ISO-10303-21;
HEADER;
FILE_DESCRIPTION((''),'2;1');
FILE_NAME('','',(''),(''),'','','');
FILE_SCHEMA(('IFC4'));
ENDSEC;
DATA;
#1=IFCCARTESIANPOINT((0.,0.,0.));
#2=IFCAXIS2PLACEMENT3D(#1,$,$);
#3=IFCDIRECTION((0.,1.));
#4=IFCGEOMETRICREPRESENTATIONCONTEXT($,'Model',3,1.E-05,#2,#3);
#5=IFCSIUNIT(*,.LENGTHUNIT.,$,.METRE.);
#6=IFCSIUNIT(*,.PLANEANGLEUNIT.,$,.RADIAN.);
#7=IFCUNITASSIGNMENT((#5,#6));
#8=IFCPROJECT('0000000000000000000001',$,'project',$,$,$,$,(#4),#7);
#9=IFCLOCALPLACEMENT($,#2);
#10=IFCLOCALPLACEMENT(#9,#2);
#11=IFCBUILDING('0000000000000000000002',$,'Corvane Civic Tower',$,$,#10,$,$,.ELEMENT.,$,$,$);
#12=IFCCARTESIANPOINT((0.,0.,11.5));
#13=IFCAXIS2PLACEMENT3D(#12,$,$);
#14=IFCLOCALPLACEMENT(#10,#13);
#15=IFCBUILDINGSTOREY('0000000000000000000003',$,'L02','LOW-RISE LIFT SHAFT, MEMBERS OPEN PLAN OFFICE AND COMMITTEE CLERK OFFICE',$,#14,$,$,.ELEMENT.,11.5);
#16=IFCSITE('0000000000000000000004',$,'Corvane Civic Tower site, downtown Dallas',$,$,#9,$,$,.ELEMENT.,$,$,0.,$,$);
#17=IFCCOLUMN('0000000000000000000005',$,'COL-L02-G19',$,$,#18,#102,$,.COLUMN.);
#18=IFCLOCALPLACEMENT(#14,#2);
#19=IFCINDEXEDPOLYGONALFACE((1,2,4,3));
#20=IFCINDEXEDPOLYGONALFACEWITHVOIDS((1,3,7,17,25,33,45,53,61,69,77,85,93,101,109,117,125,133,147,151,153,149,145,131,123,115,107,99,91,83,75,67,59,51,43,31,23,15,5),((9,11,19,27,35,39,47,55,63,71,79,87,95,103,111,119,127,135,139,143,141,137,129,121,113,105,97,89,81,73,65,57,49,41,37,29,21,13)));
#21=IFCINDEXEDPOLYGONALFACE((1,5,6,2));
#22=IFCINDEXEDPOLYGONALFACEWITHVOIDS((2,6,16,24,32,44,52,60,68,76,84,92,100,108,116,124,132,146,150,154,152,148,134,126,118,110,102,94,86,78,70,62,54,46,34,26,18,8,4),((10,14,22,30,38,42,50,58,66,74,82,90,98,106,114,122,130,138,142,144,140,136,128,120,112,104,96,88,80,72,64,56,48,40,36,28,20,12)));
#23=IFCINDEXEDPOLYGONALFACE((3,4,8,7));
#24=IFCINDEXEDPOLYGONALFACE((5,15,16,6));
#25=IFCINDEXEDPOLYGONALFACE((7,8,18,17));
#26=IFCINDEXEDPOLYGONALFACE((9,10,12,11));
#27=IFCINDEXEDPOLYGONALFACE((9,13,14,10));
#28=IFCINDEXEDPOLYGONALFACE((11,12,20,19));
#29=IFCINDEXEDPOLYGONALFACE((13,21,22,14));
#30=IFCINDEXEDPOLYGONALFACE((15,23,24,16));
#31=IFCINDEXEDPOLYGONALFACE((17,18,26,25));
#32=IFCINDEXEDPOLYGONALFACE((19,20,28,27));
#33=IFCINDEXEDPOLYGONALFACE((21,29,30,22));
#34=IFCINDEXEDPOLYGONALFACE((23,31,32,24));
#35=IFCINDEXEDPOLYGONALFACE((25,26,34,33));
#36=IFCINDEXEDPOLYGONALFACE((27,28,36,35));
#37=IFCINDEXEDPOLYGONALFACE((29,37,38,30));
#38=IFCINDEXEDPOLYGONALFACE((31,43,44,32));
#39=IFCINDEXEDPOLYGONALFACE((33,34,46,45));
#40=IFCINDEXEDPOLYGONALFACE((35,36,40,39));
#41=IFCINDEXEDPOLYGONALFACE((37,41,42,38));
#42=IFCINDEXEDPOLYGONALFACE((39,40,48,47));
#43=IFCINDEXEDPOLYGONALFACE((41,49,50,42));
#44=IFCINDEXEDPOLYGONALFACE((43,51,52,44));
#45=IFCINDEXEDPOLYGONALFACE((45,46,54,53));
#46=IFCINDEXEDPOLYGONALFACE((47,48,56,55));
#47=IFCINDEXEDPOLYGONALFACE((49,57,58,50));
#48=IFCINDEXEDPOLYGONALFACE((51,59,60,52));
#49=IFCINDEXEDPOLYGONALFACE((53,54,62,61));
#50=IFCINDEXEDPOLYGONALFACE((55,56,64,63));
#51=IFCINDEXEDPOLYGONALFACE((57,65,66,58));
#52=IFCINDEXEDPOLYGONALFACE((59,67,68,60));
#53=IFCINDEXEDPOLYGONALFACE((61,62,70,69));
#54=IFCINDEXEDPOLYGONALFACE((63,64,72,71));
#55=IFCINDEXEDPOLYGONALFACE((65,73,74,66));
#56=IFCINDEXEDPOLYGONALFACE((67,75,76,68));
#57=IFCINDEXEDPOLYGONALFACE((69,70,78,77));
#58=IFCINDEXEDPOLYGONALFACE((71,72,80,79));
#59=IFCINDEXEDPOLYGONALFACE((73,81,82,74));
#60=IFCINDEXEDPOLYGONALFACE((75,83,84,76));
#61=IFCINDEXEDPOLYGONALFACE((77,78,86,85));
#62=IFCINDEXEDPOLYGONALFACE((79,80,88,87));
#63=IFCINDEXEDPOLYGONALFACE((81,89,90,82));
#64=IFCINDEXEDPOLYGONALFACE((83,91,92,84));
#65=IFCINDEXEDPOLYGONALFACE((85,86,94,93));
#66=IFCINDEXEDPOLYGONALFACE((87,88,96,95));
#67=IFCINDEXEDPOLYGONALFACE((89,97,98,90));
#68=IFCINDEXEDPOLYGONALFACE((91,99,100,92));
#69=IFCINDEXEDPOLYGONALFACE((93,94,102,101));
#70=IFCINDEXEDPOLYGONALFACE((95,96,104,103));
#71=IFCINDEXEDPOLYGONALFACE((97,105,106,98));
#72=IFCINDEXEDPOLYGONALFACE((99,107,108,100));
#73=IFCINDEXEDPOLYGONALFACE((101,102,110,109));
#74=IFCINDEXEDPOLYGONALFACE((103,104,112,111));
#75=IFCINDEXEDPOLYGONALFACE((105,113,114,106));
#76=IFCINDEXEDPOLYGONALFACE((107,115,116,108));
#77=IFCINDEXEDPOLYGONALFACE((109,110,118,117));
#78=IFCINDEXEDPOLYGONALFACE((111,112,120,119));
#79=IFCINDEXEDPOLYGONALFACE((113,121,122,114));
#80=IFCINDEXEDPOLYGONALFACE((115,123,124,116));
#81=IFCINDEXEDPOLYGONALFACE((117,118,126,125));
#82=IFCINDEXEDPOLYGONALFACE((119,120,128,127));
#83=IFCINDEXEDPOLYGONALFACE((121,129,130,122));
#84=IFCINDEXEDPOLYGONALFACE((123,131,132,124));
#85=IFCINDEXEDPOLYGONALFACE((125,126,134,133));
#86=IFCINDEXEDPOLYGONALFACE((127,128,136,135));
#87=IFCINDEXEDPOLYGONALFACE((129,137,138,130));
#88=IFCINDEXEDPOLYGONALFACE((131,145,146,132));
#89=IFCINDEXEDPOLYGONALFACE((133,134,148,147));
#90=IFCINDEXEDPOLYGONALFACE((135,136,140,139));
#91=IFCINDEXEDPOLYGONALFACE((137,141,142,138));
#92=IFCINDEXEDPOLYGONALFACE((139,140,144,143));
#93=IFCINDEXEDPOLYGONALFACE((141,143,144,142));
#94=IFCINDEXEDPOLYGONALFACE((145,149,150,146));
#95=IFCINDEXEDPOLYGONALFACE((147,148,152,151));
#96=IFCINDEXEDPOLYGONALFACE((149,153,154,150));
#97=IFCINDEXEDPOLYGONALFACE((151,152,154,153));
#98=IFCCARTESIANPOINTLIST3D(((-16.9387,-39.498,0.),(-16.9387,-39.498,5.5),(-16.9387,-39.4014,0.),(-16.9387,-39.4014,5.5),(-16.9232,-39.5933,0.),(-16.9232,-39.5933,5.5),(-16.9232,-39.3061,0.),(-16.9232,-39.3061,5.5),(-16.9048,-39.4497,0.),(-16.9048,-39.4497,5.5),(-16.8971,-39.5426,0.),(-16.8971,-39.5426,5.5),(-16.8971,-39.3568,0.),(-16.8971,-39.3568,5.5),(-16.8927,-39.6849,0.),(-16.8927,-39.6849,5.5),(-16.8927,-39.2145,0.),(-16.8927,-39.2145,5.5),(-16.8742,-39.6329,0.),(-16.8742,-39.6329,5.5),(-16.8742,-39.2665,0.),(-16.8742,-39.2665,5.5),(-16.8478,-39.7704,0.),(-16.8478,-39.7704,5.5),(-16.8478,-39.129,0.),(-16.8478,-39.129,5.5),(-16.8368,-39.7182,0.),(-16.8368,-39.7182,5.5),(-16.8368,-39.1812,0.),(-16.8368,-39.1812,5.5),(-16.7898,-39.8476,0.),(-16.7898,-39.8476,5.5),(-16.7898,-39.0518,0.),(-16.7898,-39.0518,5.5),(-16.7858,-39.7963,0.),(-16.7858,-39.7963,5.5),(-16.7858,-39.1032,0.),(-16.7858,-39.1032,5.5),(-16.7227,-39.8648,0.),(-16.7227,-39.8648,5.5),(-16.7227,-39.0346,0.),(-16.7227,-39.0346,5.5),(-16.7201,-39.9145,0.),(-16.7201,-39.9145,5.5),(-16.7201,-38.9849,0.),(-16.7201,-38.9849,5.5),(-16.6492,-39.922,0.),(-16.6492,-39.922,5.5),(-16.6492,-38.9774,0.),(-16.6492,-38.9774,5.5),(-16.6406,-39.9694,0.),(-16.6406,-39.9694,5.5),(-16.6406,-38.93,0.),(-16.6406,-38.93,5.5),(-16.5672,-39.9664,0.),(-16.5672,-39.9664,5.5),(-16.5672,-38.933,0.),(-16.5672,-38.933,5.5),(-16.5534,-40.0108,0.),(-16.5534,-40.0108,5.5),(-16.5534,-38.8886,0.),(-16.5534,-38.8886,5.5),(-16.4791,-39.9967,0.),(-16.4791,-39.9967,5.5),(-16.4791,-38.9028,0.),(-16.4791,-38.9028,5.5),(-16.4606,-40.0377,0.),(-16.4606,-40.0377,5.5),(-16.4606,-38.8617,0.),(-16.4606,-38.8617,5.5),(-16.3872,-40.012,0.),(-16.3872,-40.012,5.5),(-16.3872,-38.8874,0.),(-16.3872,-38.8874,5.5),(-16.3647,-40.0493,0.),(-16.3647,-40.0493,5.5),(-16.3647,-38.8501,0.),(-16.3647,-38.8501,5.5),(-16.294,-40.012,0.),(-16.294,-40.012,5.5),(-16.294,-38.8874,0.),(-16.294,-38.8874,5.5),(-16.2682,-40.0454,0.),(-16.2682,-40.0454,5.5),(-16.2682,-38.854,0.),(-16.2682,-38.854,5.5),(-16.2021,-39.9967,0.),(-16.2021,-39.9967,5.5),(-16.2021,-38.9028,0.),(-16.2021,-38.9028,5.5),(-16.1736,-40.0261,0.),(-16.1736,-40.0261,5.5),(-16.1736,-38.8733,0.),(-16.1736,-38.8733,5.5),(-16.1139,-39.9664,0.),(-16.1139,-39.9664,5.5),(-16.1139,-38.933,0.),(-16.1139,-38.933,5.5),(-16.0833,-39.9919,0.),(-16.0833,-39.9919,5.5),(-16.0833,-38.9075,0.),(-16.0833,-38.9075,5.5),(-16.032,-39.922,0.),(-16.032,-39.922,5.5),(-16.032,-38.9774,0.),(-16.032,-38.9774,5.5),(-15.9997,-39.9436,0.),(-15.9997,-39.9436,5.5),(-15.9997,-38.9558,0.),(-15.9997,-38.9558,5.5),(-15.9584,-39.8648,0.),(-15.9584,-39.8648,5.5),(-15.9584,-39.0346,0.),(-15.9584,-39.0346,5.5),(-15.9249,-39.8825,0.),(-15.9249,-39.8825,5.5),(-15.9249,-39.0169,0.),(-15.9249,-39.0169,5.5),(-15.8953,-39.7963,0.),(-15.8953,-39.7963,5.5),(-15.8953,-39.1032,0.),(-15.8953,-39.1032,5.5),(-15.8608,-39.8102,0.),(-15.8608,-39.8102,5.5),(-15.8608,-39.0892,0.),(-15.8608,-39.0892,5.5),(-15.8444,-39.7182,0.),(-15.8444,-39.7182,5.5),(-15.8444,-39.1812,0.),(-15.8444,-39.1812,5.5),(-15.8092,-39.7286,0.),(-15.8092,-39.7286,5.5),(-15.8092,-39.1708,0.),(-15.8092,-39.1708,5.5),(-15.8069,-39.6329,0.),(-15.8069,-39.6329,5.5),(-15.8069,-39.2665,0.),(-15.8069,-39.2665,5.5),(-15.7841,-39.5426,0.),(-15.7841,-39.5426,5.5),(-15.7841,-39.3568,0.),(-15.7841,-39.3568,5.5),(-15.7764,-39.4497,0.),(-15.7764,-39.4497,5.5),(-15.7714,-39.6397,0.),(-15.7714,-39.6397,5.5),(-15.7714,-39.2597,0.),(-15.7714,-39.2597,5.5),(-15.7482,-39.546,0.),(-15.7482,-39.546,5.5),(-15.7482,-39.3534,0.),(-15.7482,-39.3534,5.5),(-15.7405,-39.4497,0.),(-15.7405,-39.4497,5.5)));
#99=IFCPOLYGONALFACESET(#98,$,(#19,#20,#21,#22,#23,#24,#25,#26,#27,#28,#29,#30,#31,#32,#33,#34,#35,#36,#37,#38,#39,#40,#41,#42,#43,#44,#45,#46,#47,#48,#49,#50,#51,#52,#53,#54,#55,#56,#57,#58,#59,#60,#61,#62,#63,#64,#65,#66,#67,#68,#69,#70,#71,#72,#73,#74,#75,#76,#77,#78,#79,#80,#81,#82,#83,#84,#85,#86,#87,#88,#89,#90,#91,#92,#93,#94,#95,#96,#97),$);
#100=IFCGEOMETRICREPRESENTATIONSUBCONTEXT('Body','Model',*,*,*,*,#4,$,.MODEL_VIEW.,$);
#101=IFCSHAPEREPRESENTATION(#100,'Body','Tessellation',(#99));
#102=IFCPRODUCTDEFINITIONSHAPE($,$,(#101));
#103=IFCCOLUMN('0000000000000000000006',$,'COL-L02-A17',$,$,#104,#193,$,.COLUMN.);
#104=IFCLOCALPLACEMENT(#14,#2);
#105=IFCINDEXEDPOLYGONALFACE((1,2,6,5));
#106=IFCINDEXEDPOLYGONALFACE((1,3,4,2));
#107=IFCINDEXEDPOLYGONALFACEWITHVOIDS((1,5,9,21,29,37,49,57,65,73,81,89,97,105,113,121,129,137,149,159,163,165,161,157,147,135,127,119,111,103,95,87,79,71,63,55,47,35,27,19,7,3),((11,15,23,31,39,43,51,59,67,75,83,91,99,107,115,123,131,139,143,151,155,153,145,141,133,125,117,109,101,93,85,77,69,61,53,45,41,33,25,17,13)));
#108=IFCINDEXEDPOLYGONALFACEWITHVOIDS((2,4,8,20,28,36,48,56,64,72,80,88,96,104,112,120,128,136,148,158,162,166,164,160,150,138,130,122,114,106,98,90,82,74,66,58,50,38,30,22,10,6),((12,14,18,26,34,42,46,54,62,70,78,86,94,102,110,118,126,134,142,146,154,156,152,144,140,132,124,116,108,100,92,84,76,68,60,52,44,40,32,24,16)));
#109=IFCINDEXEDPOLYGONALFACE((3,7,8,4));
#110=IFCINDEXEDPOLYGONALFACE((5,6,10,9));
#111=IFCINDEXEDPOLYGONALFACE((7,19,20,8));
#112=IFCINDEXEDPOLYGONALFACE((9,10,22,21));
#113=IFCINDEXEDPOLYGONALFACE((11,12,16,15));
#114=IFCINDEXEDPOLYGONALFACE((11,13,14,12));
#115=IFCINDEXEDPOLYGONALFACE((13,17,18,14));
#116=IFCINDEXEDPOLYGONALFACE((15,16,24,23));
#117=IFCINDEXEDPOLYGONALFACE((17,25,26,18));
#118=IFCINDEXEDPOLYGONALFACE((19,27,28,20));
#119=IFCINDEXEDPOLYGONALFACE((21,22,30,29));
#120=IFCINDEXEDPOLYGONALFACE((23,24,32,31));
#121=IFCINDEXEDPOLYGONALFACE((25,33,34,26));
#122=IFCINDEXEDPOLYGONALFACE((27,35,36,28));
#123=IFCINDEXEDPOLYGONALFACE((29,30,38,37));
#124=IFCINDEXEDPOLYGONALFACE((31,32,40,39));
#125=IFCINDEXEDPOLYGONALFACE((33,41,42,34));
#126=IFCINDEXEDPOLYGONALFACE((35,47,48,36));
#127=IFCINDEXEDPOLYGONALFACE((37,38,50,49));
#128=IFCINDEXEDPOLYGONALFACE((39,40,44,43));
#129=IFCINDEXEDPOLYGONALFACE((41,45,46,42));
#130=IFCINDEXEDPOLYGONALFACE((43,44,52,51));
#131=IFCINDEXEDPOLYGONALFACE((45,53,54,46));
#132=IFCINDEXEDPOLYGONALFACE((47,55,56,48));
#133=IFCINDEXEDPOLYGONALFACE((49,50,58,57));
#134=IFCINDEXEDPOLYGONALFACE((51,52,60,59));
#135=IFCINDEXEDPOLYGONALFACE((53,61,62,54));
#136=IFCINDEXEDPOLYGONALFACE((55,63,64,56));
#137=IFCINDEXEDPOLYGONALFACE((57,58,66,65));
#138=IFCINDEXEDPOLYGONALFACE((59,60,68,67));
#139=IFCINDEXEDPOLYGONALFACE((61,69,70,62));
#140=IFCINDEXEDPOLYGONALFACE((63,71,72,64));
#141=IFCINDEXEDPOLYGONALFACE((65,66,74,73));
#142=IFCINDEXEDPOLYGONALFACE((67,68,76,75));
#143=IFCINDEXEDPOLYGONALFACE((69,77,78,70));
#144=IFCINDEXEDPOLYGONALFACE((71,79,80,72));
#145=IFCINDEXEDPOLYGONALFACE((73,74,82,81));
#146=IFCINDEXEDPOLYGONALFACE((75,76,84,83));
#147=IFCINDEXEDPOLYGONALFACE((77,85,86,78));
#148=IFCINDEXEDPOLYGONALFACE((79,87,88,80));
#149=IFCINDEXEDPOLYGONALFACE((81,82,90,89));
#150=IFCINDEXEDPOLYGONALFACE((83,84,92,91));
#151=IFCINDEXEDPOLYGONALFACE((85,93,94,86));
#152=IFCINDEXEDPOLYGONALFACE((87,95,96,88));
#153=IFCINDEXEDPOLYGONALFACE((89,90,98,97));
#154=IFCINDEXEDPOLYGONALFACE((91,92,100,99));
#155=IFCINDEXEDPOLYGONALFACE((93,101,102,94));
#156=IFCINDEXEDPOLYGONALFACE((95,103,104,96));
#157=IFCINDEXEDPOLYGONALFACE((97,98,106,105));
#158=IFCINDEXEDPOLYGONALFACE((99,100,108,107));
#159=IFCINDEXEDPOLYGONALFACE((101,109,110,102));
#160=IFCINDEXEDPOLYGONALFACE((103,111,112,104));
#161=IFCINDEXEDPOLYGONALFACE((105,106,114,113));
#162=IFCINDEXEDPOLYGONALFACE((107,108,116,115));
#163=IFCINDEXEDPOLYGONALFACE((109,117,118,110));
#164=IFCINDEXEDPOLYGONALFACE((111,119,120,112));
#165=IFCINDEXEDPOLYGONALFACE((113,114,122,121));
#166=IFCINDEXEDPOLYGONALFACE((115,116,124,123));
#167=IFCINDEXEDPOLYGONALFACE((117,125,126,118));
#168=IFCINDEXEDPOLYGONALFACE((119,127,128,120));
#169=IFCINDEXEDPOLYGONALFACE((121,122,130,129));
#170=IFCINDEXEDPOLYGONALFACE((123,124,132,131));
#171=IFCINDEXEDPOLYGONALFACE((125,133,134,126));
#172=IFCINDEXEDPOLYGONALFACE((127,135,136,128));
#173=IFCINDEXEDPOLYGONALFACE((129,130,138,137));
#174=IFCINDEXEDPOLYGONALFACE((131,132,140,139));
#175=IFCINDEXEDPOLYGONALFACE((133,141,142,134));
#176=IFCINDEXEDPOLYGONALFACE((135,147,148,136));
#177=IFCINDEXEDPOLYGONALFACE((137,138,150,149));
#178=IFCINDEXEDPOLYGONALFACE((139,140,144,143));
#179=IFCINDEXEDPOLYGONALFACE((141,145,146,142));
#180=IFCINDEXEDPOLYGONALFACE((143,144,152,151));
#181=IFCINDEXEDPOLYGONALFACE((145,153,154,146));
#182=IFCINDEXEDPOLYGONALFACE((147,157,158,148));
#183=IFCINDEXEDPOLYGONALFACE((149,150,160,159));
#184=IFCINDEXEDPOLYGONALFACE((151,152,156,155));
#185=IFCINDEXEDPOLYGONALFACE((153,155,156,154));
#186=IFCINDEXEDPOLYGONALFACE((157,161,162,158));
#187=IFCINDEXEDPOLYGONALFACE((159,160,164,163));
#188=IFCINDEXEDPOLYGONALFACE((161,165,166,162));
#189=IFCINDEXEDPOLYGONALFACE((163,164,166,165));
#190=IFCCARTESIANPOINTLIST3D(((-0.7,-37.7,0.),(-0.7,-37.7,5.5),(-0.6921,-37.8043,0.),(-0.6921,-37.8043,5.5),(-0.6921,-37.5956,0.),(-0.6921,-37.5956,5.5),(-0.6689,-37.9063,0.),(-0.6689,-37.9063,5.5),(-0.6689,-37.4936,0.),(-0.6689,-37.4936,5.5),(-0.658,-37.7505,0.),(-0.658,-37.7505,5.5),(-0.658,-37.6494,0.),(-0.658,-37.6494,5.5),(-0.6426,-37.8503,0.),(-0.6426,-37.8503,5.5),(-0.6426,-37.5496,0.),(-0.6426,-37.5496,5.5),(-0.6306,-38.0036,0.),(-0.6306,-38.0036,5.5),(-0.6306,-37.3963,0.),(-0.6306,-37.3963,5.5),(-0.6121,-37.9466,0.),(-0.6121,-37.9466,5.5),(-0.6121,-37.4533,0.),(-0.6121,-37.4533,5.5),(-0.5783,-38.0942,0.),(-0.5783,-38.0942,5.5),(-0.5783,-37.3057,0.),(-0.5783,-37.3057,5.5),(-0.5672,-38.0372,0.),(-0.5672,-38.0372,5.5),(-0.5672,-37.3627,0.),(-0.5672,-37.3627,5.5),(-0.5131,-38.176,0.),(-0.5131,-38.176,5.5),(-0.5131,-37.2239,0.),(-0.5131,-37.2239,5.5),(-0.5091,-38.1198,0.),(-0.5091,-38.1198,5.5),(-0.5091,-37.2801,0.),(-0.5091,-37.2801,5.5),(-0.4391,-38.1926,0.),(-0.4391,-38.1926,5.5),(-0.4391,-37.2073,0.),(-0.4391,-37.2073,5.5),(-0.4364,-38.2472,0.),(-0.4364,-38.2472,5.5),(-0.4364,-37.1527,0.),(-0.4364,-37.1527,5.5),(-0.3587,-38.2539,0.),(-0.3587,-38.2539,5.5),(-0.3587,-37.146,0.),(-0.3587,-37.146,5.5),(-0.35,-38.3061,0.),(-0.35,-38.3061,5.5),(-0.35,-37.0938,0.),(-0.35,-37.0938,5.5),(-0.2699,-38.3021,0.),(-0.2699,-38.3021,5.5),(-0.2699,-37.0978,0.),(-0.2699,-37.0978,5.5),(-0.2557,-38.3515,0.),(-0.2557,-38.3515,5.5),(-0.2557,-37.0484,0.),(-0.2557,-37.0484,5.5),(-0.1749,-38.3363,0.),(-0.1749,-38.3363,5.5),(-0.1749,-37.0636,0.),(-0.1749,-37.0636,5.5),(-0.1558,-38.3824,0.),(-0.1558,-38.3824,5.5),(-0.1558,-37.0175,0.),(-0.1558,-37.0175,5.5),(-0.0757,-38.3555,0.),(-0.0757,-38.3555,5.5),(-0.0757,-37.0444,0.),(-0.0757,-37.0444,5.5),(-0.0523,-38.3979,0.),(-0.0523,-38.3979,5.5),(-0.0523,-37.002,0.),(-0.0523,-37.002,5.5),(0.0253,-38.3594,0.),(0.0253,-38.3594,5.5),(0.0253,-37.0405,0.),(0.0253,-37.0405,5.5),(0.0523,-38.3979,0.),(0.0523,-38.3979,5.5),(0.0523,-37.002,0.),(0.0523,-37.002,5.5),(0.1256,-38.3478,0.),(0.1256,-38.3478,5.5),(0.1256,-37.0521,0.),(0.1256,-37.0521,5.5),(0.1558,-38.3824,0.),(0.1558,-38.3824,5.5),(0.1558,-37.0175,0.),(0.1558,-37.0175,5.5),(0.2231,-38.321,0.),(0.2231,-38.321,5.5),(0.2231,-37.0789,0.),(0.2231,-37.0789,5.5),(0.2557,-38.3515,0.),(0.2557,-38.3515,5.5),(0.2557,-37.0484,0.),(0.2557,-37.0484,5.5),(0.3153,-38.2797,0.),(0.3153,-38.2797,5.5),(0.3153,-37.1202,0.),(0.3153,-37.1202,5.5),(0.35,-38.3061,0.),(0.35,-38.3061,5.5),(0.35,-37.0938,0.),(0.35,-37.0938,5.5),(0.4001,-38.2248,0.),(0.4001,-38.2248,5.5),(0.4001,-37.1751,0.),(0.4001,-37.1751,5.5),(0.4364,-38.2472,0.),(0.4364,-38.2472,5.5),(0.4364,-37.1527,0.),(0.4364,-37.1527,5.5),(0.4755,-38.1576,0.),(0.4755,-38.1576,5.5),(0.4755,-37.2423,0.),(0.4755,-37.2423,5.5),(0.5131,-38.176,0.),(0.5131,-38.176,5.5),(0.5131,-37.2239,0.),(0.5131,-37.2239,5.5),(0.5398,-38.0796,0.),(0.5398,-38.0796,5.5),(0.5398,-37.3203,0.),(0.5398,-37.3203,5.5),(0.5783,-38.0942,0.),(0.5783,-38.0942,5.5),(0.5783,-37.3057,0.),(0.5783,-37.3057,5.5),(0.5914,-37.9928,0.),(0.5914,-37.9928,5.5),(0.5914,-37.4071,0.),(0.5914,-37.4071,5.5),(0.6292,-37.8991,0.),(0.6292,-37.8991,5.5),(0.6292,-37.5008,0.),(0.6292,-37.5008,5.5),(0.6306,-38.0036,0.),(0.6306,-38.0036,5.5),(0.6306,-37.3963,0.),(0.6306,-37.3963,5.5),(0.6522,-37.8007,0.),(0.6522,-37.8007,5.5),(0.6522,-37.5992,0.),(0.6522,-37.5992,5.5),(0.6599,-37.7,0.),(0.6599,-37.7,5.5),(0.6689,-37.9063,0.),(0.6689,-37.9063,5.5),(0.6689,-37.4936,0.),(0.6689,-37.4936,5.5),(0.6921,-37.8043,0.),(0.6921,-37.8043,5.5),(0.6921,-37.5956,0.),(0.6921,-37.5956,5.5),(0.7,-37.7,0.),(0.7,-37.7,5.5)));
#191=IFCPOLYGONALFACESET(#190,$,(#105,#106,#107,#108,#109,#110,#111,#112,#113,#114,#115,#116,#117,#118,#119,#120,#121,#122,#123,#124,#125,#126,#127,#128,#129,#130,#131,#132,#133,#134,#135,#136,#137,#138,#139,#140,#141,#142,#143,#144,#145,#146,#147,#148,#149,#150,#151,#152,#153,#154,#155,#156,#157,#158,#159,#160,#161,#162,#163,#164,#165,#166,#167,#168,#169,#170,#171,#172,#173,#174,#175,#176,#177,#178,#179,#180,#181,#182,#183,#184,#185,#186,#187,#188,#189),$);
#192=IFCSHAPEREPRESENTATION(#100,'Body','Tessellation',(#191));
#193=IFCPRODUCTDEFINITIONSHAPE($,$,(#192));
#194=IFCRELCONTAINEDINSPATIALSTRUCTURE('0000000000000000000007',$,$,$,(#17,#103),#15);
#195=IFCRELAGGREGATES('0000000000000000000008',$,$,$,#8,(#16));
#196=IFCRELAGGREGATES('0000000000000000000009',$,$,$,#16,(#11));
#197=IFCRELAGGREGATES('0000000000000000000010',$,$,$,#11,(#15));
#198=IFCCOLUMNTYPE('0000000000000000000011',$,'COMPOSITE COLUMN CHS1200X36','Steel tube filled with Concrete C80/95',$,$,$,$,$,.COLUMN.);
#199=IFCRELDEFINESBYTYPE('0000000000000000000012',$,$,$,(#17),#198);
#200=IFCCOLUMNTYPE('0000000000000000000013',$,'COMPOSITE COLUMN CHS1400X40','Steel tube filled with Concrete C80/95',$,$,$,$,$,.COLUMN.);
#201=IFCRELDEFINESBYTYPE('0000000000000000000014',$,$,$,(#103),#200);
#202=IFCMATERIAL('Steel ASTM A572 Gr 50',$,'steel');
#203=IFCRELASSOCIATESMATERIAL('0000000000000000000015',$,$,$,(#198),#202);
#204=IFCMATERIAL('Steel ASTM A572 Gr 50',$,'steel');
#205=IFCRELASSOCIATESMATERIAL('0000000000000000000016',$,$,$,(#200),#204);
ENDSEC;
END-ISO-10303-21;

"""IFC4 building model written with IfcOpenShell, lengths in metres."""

from ifc_helpers import new_model, si_unit, direction, frame, origin, origin_2d, place, context, subcontext, project, spatial, hollow_circle, extrude, material, material_profile, profile_set, type_object, element, save


model = new_model("IFC4")

# Units and contexts
model_context = context("Model", 3, precision=1e-05, world=origin(), true_north=direction((0.0, 1.0)))
body_context = subcontext(model_context, "Body", "Model", "MODEL_VIEW")
ifc_project = project(units=[si_unit("LENGTHUNIT", "METRE"), si_unit("PLANEANGLEUNIT", "RADIAN")], contexts=[model_context])

# Site, building, storey
site_placement = place(None, origin())
site = spatial("IfcSite", under=ifc_project, at=site_placement, Name="Corvane Civic Tower site, downtown Dallas", CompositionType="ELEMENT", RefElevation=0.0)
building_placement = place(site_placement, origin())
building = spatial("IfcBuilding", under=site, at=building_placement, Name="Corvane Civic Tower", CompositionType="ELEMENT")
storey_placement = place(building_placement, frame((0.0, 0.0, 11.5)))
storey = spatial("IfcBuildingStorey", under=building, at=storey_placement, Name="L02", Description="LOW-RISE LIFT SHAFT, MEMBERS OPEN PLAN OFFICE AND COMMITTEE CLERK OFFICE", CompositionType="ELEMENT", Elevation=11.5)

# Columns
ifc_material_1 = material(Name="Steel ASTM A572 Gr 50", Category="steel")
ifc_material_profile_1 = material_profile(ifc_material_1, hollow_circle(Radius=0.6001, WallThickness=0.0359, at=origin_2d()), Name="CHS1200X36")
ifc_profile_set_1 = profile_set([ifc_material_profile_1], Name="Steel ASTM A572 Gr 50")
column_type_1 = type_object("IfcColumnType", Name="COMPOSITE COLUMN CHS1200X36", Description="Steel tube filled with Concrete C80/95", PredefinedType="COLUMN", material=ifc_profile_set_1)
for number, where, z_axis, x_axis, name in (
    (1, (-16.3406, -39.4497, 0.0), (0.0, 0.0, 1.0), (1.0, 0.0, 0.0), "COL-L02-G19"),
):
    element("IfcColumn", number, at=place(storey_placement, frame(where, z_axis=z_axis, x_axis=x_axis)), inside=storey, type_object=column_type_1, Name=name, PredefinedType="COLUMN", context=body_context, shape_type="SweptSolid", body=[
        extrude(hollow_circle(Radius=0.6001, WallThickness=0.0359, at=origin_2d()), origin(), (0.0, 0.0, 1.0), 5.5),
    ])
ifc_material_2 = material(Name="Steel ASTM A572 Gr 50", Category="steel")
ifc_material_profile_2 = material_profile(ifc_material_2, hollow_circle(Radius=0.7, WallThickness=0.04, at=origin_2d()), Name="CHS1400X40")
ifc_profile_set_2 = profile_set([ifc_material_profile_2], Name="Steel ASTM A572 Gr 50")
column_type_2 = type_object("IfcColumnType", Name="COMPOSITE COLUMN CHS1400X40", Description="Steel tube filled with Concrete C80/95", PredefinedType="COLUMN", material=ifc_profile_set_2)
column_placement = place(storey_placement, frame((0.0, -37.7, 0.0), z_axis=(0.0, 0.0, 1.0), x_axis=(1.0, 0.0, 0.0)))
element("IfcColumn", 2, at=column_placement, inside=storey, type_object=column_type_2, Name="COL-L02-A17", PredefinedType="COLUMN", context=body_context, shape_type="SweptSolid", body=[
    extrude(hollow_circle(Radius=0.7, WallThickness=0.04, at=origin_2d()), origin(), (0.0, 0.0, 1.0), 5.5),
])

save(model, "model.ifc")
